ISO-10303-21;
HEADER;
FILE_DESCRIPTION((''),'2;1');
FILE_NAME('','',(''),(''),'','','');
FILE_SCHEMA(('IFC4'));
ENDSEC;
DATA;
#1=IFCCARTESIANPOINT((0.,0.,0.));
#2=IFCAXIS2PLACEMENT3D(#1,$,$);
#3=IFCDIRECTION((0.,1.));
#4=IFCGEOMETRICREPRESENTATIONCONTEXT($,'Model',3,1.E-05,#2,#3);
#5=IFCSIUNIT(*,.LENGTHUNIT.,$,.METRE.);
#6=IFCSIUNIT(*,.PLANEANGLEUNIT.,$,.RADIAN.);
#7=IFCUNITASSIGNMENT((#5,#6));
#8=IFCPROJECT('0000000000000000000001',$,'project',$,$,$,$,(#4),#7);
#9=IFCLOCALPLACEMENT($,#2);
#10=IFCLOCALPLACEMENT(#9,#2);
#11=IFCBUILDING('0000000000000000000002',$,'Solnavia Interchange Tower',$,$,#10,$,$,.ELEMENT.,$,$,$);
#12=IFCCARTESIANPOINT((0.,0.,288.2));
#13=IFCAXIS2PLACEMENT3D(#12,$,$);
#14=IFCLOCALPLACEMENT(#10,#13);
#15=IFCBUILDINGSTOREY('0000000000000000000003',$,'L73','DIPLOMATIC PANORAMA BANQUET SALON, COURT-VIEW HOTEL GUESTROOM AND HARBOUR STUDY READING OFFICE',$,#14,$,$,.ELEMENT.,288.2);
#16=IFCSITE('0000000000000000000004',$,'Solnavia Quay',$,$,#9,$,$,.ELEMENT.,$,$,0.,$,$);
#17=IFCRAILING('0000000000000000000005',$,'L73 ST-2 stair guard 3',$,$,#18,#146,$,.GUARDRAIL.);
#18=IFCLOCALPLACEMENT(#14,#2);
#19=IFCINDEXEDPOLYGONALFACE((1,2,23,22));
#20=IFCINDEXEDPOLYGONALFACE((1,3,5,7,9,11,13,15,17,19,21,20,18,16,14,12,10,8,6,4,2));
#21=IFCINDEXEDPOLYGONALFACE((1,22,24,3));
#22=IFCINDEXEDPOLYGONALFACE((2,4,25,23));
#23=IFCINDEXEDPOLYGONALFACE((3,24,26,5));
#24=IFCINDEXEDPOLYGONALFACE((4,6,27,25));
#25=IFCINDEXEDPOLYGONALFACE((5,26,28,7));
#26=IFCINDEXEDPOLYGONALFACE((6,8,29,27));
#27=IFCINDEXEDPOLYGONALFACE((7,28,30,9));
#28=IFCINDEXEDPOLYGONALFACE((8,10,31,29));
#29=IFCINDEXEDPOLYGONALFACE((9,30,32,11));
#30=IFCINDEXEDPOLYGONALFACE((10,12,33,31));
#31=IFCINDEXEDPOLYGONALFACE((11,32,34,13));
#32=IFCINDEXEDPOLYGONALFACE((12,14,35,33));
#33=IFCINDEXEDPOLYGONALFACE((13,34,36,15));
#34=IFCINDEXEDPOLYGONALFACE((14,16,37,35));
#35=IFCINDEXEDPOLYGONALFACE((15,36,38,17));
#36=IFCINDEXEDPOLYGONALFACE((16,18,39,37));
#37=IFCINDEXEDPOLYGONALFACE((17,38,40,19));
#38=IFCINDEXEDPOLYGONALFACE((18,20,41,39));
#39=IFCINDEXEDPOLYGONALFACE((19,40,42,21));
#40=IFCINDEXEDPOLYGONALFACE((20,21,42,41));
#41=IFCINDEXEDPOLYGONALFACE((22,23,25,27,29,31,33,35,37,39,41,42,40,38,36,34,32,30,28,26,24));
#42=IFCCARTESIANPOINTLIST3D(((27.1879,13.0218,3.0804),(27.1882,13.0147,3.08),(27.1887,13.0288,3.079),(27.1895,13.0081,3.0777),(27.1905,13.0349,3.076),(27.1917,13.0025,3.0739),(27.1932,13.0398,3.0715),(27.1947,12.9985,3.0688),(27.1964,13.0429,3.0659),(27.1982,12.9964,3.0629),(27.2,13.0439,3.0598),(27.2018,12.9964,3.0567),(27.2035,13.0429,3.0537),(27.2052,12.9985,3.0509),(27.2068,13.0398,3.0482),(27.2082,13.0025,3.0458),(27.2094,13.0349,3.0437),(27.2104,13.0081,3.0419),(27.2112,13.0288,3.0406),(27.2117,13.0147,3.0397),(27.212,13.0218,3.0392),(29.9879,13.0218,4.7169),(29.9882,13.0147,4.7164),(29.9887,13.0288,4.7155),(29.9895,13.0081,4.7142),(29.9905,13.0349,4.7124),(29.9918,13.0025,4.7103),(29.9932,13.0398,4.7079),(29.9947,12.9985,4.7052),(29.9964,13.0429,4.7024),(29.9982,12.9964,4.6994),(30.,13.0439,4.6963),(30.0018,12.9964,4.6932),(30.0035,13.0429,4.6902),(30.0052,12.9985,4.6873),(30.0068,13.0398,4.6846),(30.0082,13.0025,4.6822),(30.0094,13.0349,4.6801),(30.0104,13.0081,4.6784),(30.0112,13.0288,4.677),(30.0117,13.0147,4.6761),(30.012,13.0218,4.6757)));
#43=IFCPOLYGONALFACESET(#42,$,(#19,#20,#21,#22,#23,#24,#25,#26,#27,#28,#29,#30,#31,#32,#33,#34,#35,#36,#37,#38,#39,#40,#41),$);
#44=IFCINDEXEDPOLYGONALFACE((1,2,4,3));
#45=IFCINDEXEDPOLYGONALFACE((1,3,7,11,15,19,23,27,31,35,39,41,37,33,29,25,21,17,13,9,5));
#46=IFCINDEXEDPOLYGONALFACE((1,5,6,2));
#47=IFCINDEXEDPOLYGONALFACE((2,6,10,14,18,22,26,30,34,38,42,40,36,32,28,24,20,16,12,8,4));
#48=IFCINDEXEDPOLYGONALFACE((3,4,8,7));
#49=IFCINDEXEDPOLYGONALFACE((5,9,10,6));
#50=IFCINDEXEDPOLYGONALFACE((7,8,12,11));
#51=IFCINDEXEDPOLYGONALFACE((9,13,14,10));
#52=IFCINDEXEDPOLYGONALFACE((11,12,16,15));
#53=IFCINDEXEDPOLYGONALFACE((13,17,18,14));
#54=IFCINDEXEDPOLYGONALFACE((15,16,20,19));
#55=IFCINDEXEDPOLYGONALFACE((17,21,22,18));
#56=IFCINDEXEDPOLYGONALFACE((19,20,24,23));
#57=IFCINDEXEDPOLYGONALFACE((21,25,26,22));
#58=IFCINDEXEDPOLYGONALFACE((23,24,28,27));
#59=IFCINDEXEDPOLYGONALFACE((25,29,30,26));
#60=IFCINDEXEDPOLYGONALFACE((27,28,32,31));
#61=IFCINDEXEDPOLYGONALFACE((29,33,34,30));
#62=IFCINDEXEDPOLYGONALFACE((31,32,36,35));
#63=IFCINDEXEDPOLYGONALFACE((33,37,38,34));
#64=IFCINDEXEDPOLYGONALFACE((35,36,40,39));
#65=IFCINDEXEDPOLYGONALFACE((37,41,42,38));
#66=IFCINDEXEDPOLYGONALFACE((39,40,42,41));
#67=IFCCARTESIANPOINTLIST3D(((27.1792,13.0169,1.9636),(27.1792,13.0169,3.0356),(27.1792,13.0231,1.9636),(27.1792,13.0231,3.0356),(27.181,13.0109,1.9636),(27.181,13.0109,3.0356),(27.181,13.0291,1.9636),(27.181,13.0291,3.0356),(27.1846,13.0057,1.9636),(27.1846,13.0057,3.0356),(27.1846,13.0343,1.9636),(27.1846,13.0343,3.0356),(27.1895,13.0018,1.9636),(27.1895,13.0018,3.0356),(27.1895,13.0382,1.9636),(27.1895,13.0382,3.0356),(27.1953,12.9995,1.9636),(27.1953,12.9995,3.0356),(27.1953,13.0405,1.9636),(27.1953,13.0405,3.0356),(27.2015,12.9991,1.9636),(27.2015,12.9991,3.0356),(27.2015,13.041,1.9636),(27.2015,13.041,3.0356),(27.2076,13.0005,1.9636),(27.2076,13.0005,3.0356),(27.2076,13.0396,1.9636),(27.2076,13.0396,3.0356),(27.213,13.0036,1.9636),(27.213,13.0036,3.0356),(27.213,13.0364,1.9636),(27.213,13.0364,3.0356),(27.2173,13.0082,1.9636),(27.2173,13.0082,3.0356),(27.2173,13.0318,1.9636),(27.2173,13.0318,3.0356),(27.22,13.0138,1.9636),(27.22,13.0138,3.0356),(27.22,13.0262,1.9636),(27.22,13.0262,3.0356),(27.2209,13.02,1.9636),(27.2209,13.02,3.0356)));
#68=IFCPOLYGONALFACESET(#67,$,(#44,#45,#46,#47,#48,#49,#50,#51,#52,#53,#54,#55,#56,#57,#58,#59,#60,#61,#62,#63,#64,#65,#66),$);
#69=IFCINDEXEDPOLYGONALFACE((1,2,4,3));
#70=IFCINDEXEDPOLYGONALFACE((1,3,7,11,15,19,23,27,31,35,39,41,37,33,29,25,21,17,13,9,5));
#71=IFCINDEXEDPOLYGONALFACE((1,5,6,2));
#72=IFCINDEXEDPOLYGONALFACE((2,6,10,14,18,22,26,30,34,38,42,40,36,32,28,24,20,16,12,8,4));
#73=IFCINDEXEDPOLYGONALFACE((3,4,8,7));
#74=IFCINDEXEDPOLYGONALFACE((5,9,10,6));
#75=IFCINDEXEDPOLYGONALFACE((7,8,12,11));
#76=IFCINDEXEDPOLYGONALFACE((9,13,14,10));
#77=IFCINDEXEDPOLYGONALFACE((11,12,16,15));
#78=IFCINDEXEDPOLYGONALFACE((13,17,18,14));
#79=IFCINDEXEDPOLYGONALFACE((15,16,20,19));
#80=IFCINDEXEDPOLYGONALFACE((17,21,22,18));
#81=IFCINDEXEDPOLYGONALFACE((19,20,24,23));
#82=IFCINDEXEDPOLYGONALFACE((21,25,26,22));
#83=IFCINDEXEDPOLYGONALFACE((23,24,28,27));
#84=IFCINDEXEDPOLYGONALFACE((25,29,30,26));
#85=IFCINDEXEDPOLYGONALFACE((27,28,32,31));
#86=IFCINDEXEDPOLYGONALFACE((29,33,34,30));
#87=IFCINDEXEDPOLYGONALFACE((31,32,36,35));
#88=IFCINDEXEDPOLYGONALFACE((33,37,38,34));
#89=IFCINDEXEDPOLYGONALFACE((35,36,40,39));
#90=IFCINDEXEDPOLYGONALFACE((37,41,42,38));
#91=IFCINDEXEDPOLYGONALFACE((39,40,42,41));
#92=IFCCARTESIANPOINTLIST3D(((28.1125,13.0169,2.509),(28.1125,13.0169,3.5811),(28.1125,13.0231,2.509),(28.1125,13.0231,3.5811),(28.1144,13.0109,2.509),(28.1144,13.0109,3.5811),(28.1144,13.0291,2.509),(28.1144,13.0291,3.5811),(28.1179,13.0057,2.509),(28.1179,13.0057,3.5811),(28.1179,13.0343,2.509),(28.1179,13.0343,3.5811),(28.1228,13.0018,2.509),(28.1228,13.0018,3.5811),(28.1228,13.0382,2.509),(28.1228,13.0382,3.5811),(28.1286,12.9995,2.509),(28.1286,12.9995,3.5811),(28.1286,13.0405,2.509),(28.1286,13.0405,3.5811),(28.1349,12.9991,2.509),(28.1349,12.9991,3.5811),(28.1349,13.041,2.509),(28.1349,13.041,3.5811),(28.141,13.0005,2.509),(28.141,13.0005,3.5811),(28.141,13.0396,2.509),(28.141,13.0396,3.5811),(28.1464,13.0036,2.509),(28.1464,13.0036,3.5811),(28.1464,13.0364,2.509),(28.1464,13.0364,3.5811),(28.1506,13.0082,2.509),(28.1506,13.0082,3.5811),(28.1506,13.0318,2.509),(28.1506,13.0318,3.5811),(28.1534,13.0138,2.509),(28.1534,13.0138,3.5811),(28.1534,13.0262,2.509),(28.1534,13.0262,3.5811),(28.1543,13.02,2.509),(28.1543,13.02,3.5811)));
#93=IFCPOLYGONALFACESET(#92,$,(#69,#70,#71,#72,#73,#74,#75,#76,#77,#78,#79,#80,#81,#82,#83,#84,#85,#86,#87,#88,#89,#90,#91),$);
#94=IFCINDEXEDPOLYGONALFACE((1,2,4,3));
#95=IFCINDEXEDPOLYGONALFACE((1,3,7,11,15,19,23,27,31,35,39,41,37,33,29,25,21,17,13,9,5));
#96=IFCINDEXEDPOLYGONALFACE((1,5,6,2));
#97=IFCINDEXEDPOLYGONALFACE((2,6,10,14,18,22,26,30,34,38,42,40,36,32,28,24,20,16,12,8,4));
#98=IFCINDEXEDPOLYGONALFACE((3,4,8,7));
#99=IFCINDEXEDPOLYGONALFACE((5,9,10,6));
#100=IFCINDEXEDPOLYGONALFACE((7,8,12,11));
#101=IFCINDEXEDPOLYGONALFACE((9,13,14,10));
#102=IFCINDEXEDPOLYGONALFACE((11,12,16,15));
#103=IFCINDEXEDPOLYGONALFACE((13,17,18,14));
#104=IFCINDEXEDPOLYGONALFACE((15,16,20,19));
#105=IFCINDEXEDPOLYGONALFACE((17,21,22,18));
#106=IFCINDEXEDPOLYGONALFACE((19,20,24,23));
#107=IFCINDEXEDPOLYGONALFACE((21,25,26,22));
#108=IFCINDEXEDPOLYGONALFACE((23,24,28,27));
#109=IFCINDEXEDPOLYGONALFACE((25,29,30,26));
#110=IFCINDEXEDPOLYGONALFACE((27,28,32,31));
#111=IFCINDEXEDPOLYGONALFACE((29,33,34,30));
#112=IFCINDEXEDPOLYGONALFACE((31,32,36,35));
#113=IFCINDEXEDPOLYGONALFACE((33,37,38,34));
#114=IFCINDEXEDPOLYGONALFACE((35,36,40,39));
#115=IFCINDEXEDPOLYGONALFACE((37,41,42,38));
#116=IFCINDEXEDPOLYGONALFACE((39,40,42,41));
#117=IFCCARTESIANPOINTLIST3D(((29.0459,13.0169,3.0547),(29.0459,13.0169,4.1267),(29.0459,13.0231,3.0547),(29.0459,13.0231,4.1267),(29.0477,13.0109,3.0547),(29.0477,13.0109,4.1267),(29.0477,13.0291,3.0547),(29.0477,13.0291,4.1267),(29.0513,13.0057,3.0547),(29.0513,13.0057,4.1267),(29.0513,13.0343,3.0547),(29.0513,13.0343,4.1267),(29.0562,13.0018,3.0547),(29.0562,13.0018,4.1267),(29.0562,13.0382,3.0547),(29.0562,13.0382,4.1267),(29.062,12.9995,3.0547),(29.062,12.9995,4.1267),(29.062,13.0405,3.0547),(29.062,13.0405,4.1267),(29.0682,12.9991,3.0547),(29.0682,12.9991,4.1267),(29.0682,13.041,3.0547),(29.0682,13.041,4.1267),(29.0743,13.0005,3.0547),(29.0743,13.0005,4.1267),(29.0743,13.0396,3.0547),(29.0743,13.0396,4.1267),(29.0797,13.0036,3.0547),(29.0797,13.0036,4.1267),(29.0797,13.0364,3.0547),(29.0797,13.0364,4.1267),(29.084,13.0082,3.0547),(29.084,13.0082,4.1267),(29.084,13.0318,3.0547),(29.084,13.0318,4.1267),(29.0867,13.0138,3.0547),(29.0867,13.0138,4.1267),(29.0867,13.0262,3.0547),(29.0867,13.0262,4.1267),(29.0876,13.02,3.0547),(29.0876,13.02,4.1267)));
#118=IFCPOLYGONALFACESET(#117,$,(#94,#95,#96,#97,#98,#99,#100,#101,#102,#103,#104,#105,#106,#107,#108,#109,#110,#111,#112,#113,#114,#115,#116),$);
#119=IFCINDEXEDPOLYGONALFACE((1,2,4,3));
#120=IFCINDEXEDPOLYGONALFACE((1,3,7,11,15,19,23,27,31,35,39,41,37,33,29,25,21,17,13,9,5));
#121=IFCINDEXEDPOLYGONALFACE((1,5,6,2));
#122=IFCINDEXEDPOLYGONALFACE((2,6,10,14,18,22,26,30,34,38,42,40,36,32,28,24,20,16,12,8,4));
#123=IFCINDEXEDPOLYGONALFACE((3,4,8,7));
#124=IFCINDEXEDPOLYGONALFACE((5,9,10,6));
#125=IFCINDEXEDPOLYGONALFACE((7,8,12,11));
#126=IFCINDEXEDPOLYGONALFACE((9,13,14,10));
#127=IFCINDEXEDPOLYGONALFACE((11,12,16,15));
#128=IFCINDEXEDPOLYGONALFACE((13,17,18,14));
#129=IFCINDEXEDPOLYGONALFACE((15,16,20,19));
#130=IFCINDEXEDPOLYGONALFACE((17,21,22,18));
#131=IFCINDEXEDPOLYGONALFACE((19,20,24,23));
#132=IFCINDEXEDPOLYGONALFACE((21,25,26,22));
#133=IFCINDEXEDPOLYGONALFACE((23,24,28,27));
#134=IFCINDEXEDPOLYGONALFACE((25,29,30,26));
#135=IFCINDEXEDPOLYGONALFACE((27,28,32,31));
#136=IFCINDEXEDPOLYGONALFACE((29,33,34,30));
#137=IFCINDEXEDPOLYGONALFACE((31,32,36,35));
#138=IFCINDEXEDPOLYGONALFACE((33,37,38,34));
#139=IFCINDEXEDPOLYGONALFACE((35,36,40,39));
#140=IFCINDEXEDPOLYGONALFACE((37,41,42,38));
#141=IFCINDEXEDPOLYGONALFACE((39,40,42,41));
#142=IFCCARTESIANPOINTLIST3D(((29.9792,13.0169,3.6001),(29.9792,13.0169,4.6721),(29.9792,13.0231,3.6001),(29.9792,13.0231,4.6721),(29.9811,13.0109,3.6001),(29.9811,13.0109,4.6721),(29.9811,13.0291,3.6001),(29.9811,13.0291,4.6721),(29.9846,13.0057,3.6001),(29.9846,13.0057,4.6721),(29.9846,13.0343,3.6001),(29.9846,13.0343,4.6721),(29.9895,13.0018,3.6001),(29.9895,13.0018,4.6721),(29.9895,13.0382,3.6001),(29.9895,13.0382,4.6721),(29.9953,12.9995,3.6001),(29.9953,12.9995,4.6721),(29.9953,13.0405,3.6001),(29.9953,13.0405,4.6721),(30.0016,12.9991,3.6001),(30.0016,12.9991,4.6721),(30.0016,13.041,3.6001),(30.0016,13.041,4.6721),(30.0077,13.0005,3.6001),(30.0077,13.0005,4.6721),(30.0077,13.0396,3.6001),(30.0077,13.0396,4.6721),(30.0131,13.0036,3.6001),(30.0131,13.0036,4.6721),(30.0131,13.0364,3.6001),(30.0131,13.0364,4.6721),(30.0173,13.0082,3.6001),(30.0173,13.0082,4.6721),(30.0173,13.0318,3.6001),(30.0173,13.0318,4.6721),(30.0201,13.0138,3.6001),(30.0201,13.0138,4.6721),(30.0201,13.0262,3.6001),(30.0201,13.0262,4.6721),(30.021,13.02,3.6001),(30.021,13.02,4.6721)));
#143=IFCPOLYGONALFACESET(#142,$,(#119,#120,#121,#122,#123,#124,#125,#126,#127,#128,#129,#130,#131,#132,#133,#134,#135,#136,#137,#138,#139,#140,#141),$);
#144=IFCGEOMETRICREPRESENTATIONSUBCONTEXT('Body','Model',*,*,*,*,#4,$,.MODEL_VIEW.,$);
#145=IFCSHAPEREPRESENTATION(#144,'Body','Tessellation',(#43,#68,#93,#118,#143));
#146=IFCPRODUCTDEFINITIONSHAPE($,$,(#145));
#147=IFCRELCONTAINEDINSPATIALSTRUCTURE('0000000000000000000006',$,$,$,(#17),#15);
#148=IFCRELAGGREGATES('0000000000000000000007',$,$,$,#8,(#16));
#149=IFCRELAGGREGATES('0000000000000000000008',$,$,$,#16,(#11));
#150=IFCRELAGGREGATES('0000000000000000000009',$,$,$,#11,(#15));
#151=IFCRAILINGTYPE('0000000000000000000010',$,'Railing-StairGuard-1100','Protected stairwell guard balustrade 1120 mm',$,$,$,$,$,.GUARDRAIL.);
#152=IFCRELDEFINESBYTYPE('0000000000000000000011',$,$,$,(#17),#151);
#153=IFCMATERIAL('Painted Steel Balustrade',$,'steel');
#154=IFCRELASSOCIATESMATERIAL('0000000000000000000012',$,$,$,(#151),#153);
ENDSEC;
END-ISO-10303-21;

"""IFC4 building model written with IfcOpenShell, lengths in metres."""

from ifc_helpers import new_model, si_unit, direction, frame, origin, origin_2d, place, context, subcontext, project, spatial, circle, extrude, material, type_object, element, save


model = new_model("IFC4")

# Units and contexts
model_context = context("Model", 3, precision=1e-05, world=origin(), true_north=direction((0.0, 1.0)))
body_context = subcontext(model_context, "Body", "Model", "MODEL_VIEW")
ifc_project = project(units=[si_unit("LENGTHUNIT", "METRE"), si_unit("PLANEANGLEUNIT", "RADIAN")], contexts=[model_context])

# Site, building, storey
site_placement = place(None, origin())
site = spatial("IfcSite", under=ifc_project, at=site_placement, Name="Solnavia Quay", CompositionType="ELEMENT", RefElevation=0.0)
building_placement = place(site_placement, origin())
building = spatial("IfcBuilding", under=site, at=building_placement, Name="Solnavia Interchange Tower", CompositionType="ELEMENT")
storey_placement = place(building_placement, frame((0.0, 0.0, 288.2)))
storey = spatial("IfcBuildingStorey", under=building, at=storey_placement, Name="L73", Description="DIPLOMATIC PANORAMA BANQUET SALON, COURT-VIEW HOTEL GUESTROOM AND HARBOUR STUDY READING OFFICE", CompositionType="ELEMENT", Elevation=288.2)

# Railing
ifc_material_1 = material(Name="Painted Steel Balustrade", Category="steel")
railing_type_1 = type_object("IfcRailingType", Name="Railing-StairGuard-1100", Description="Protected stairwell guard balustrade 1120 mm", PredefinedType="GUARDRAIL", material=ifc_material_1)
railing_1_placement = place(storey_placement, frame((27.2, 13.02, 1.9636)))
element("IfcRailing", 1, at=railing_1_placement, inside=storey, type_object=railing_type_1, Name="L73 ST-2 stair guard 3", PredefinedType="GUARDRAIL", context=body_context, shape_type="SweptSolid", body=[
    extrude(circle(Radius=0.0239, at=origin_2d()), frame((0.0, 0.0, 1.0962), z_axis=(0.863361, 0.0, 0.504587), x_axis=(0.0, 1.0, 0.0)), (0.0, 0.0, 1.0), 3.2432),
    extrude(circle(Radius=0.021, at=origin_2d()), origin(), (0.0, 0.0, 1.0), 1.072),
    extrude(circle(Radius=0.021, at=origin_2d()), frame((0.9333, 0.0, 0.5454)), (0.0, 0.0, 1.0), 1.072),
    extrude(circle(Radius=0.021, at=origin_2d()), frame((1.8667, 0.0, 1.0911)), (0.0, 0.0, 1.0), 1.072),
    extrude(circle(Radius=0.021, at=origin_2d()), frame((2.8, 0.0, 1.6365)), (0.0, 0.0, 1.0), 1.072),
])

save(model, "model.ifc")
